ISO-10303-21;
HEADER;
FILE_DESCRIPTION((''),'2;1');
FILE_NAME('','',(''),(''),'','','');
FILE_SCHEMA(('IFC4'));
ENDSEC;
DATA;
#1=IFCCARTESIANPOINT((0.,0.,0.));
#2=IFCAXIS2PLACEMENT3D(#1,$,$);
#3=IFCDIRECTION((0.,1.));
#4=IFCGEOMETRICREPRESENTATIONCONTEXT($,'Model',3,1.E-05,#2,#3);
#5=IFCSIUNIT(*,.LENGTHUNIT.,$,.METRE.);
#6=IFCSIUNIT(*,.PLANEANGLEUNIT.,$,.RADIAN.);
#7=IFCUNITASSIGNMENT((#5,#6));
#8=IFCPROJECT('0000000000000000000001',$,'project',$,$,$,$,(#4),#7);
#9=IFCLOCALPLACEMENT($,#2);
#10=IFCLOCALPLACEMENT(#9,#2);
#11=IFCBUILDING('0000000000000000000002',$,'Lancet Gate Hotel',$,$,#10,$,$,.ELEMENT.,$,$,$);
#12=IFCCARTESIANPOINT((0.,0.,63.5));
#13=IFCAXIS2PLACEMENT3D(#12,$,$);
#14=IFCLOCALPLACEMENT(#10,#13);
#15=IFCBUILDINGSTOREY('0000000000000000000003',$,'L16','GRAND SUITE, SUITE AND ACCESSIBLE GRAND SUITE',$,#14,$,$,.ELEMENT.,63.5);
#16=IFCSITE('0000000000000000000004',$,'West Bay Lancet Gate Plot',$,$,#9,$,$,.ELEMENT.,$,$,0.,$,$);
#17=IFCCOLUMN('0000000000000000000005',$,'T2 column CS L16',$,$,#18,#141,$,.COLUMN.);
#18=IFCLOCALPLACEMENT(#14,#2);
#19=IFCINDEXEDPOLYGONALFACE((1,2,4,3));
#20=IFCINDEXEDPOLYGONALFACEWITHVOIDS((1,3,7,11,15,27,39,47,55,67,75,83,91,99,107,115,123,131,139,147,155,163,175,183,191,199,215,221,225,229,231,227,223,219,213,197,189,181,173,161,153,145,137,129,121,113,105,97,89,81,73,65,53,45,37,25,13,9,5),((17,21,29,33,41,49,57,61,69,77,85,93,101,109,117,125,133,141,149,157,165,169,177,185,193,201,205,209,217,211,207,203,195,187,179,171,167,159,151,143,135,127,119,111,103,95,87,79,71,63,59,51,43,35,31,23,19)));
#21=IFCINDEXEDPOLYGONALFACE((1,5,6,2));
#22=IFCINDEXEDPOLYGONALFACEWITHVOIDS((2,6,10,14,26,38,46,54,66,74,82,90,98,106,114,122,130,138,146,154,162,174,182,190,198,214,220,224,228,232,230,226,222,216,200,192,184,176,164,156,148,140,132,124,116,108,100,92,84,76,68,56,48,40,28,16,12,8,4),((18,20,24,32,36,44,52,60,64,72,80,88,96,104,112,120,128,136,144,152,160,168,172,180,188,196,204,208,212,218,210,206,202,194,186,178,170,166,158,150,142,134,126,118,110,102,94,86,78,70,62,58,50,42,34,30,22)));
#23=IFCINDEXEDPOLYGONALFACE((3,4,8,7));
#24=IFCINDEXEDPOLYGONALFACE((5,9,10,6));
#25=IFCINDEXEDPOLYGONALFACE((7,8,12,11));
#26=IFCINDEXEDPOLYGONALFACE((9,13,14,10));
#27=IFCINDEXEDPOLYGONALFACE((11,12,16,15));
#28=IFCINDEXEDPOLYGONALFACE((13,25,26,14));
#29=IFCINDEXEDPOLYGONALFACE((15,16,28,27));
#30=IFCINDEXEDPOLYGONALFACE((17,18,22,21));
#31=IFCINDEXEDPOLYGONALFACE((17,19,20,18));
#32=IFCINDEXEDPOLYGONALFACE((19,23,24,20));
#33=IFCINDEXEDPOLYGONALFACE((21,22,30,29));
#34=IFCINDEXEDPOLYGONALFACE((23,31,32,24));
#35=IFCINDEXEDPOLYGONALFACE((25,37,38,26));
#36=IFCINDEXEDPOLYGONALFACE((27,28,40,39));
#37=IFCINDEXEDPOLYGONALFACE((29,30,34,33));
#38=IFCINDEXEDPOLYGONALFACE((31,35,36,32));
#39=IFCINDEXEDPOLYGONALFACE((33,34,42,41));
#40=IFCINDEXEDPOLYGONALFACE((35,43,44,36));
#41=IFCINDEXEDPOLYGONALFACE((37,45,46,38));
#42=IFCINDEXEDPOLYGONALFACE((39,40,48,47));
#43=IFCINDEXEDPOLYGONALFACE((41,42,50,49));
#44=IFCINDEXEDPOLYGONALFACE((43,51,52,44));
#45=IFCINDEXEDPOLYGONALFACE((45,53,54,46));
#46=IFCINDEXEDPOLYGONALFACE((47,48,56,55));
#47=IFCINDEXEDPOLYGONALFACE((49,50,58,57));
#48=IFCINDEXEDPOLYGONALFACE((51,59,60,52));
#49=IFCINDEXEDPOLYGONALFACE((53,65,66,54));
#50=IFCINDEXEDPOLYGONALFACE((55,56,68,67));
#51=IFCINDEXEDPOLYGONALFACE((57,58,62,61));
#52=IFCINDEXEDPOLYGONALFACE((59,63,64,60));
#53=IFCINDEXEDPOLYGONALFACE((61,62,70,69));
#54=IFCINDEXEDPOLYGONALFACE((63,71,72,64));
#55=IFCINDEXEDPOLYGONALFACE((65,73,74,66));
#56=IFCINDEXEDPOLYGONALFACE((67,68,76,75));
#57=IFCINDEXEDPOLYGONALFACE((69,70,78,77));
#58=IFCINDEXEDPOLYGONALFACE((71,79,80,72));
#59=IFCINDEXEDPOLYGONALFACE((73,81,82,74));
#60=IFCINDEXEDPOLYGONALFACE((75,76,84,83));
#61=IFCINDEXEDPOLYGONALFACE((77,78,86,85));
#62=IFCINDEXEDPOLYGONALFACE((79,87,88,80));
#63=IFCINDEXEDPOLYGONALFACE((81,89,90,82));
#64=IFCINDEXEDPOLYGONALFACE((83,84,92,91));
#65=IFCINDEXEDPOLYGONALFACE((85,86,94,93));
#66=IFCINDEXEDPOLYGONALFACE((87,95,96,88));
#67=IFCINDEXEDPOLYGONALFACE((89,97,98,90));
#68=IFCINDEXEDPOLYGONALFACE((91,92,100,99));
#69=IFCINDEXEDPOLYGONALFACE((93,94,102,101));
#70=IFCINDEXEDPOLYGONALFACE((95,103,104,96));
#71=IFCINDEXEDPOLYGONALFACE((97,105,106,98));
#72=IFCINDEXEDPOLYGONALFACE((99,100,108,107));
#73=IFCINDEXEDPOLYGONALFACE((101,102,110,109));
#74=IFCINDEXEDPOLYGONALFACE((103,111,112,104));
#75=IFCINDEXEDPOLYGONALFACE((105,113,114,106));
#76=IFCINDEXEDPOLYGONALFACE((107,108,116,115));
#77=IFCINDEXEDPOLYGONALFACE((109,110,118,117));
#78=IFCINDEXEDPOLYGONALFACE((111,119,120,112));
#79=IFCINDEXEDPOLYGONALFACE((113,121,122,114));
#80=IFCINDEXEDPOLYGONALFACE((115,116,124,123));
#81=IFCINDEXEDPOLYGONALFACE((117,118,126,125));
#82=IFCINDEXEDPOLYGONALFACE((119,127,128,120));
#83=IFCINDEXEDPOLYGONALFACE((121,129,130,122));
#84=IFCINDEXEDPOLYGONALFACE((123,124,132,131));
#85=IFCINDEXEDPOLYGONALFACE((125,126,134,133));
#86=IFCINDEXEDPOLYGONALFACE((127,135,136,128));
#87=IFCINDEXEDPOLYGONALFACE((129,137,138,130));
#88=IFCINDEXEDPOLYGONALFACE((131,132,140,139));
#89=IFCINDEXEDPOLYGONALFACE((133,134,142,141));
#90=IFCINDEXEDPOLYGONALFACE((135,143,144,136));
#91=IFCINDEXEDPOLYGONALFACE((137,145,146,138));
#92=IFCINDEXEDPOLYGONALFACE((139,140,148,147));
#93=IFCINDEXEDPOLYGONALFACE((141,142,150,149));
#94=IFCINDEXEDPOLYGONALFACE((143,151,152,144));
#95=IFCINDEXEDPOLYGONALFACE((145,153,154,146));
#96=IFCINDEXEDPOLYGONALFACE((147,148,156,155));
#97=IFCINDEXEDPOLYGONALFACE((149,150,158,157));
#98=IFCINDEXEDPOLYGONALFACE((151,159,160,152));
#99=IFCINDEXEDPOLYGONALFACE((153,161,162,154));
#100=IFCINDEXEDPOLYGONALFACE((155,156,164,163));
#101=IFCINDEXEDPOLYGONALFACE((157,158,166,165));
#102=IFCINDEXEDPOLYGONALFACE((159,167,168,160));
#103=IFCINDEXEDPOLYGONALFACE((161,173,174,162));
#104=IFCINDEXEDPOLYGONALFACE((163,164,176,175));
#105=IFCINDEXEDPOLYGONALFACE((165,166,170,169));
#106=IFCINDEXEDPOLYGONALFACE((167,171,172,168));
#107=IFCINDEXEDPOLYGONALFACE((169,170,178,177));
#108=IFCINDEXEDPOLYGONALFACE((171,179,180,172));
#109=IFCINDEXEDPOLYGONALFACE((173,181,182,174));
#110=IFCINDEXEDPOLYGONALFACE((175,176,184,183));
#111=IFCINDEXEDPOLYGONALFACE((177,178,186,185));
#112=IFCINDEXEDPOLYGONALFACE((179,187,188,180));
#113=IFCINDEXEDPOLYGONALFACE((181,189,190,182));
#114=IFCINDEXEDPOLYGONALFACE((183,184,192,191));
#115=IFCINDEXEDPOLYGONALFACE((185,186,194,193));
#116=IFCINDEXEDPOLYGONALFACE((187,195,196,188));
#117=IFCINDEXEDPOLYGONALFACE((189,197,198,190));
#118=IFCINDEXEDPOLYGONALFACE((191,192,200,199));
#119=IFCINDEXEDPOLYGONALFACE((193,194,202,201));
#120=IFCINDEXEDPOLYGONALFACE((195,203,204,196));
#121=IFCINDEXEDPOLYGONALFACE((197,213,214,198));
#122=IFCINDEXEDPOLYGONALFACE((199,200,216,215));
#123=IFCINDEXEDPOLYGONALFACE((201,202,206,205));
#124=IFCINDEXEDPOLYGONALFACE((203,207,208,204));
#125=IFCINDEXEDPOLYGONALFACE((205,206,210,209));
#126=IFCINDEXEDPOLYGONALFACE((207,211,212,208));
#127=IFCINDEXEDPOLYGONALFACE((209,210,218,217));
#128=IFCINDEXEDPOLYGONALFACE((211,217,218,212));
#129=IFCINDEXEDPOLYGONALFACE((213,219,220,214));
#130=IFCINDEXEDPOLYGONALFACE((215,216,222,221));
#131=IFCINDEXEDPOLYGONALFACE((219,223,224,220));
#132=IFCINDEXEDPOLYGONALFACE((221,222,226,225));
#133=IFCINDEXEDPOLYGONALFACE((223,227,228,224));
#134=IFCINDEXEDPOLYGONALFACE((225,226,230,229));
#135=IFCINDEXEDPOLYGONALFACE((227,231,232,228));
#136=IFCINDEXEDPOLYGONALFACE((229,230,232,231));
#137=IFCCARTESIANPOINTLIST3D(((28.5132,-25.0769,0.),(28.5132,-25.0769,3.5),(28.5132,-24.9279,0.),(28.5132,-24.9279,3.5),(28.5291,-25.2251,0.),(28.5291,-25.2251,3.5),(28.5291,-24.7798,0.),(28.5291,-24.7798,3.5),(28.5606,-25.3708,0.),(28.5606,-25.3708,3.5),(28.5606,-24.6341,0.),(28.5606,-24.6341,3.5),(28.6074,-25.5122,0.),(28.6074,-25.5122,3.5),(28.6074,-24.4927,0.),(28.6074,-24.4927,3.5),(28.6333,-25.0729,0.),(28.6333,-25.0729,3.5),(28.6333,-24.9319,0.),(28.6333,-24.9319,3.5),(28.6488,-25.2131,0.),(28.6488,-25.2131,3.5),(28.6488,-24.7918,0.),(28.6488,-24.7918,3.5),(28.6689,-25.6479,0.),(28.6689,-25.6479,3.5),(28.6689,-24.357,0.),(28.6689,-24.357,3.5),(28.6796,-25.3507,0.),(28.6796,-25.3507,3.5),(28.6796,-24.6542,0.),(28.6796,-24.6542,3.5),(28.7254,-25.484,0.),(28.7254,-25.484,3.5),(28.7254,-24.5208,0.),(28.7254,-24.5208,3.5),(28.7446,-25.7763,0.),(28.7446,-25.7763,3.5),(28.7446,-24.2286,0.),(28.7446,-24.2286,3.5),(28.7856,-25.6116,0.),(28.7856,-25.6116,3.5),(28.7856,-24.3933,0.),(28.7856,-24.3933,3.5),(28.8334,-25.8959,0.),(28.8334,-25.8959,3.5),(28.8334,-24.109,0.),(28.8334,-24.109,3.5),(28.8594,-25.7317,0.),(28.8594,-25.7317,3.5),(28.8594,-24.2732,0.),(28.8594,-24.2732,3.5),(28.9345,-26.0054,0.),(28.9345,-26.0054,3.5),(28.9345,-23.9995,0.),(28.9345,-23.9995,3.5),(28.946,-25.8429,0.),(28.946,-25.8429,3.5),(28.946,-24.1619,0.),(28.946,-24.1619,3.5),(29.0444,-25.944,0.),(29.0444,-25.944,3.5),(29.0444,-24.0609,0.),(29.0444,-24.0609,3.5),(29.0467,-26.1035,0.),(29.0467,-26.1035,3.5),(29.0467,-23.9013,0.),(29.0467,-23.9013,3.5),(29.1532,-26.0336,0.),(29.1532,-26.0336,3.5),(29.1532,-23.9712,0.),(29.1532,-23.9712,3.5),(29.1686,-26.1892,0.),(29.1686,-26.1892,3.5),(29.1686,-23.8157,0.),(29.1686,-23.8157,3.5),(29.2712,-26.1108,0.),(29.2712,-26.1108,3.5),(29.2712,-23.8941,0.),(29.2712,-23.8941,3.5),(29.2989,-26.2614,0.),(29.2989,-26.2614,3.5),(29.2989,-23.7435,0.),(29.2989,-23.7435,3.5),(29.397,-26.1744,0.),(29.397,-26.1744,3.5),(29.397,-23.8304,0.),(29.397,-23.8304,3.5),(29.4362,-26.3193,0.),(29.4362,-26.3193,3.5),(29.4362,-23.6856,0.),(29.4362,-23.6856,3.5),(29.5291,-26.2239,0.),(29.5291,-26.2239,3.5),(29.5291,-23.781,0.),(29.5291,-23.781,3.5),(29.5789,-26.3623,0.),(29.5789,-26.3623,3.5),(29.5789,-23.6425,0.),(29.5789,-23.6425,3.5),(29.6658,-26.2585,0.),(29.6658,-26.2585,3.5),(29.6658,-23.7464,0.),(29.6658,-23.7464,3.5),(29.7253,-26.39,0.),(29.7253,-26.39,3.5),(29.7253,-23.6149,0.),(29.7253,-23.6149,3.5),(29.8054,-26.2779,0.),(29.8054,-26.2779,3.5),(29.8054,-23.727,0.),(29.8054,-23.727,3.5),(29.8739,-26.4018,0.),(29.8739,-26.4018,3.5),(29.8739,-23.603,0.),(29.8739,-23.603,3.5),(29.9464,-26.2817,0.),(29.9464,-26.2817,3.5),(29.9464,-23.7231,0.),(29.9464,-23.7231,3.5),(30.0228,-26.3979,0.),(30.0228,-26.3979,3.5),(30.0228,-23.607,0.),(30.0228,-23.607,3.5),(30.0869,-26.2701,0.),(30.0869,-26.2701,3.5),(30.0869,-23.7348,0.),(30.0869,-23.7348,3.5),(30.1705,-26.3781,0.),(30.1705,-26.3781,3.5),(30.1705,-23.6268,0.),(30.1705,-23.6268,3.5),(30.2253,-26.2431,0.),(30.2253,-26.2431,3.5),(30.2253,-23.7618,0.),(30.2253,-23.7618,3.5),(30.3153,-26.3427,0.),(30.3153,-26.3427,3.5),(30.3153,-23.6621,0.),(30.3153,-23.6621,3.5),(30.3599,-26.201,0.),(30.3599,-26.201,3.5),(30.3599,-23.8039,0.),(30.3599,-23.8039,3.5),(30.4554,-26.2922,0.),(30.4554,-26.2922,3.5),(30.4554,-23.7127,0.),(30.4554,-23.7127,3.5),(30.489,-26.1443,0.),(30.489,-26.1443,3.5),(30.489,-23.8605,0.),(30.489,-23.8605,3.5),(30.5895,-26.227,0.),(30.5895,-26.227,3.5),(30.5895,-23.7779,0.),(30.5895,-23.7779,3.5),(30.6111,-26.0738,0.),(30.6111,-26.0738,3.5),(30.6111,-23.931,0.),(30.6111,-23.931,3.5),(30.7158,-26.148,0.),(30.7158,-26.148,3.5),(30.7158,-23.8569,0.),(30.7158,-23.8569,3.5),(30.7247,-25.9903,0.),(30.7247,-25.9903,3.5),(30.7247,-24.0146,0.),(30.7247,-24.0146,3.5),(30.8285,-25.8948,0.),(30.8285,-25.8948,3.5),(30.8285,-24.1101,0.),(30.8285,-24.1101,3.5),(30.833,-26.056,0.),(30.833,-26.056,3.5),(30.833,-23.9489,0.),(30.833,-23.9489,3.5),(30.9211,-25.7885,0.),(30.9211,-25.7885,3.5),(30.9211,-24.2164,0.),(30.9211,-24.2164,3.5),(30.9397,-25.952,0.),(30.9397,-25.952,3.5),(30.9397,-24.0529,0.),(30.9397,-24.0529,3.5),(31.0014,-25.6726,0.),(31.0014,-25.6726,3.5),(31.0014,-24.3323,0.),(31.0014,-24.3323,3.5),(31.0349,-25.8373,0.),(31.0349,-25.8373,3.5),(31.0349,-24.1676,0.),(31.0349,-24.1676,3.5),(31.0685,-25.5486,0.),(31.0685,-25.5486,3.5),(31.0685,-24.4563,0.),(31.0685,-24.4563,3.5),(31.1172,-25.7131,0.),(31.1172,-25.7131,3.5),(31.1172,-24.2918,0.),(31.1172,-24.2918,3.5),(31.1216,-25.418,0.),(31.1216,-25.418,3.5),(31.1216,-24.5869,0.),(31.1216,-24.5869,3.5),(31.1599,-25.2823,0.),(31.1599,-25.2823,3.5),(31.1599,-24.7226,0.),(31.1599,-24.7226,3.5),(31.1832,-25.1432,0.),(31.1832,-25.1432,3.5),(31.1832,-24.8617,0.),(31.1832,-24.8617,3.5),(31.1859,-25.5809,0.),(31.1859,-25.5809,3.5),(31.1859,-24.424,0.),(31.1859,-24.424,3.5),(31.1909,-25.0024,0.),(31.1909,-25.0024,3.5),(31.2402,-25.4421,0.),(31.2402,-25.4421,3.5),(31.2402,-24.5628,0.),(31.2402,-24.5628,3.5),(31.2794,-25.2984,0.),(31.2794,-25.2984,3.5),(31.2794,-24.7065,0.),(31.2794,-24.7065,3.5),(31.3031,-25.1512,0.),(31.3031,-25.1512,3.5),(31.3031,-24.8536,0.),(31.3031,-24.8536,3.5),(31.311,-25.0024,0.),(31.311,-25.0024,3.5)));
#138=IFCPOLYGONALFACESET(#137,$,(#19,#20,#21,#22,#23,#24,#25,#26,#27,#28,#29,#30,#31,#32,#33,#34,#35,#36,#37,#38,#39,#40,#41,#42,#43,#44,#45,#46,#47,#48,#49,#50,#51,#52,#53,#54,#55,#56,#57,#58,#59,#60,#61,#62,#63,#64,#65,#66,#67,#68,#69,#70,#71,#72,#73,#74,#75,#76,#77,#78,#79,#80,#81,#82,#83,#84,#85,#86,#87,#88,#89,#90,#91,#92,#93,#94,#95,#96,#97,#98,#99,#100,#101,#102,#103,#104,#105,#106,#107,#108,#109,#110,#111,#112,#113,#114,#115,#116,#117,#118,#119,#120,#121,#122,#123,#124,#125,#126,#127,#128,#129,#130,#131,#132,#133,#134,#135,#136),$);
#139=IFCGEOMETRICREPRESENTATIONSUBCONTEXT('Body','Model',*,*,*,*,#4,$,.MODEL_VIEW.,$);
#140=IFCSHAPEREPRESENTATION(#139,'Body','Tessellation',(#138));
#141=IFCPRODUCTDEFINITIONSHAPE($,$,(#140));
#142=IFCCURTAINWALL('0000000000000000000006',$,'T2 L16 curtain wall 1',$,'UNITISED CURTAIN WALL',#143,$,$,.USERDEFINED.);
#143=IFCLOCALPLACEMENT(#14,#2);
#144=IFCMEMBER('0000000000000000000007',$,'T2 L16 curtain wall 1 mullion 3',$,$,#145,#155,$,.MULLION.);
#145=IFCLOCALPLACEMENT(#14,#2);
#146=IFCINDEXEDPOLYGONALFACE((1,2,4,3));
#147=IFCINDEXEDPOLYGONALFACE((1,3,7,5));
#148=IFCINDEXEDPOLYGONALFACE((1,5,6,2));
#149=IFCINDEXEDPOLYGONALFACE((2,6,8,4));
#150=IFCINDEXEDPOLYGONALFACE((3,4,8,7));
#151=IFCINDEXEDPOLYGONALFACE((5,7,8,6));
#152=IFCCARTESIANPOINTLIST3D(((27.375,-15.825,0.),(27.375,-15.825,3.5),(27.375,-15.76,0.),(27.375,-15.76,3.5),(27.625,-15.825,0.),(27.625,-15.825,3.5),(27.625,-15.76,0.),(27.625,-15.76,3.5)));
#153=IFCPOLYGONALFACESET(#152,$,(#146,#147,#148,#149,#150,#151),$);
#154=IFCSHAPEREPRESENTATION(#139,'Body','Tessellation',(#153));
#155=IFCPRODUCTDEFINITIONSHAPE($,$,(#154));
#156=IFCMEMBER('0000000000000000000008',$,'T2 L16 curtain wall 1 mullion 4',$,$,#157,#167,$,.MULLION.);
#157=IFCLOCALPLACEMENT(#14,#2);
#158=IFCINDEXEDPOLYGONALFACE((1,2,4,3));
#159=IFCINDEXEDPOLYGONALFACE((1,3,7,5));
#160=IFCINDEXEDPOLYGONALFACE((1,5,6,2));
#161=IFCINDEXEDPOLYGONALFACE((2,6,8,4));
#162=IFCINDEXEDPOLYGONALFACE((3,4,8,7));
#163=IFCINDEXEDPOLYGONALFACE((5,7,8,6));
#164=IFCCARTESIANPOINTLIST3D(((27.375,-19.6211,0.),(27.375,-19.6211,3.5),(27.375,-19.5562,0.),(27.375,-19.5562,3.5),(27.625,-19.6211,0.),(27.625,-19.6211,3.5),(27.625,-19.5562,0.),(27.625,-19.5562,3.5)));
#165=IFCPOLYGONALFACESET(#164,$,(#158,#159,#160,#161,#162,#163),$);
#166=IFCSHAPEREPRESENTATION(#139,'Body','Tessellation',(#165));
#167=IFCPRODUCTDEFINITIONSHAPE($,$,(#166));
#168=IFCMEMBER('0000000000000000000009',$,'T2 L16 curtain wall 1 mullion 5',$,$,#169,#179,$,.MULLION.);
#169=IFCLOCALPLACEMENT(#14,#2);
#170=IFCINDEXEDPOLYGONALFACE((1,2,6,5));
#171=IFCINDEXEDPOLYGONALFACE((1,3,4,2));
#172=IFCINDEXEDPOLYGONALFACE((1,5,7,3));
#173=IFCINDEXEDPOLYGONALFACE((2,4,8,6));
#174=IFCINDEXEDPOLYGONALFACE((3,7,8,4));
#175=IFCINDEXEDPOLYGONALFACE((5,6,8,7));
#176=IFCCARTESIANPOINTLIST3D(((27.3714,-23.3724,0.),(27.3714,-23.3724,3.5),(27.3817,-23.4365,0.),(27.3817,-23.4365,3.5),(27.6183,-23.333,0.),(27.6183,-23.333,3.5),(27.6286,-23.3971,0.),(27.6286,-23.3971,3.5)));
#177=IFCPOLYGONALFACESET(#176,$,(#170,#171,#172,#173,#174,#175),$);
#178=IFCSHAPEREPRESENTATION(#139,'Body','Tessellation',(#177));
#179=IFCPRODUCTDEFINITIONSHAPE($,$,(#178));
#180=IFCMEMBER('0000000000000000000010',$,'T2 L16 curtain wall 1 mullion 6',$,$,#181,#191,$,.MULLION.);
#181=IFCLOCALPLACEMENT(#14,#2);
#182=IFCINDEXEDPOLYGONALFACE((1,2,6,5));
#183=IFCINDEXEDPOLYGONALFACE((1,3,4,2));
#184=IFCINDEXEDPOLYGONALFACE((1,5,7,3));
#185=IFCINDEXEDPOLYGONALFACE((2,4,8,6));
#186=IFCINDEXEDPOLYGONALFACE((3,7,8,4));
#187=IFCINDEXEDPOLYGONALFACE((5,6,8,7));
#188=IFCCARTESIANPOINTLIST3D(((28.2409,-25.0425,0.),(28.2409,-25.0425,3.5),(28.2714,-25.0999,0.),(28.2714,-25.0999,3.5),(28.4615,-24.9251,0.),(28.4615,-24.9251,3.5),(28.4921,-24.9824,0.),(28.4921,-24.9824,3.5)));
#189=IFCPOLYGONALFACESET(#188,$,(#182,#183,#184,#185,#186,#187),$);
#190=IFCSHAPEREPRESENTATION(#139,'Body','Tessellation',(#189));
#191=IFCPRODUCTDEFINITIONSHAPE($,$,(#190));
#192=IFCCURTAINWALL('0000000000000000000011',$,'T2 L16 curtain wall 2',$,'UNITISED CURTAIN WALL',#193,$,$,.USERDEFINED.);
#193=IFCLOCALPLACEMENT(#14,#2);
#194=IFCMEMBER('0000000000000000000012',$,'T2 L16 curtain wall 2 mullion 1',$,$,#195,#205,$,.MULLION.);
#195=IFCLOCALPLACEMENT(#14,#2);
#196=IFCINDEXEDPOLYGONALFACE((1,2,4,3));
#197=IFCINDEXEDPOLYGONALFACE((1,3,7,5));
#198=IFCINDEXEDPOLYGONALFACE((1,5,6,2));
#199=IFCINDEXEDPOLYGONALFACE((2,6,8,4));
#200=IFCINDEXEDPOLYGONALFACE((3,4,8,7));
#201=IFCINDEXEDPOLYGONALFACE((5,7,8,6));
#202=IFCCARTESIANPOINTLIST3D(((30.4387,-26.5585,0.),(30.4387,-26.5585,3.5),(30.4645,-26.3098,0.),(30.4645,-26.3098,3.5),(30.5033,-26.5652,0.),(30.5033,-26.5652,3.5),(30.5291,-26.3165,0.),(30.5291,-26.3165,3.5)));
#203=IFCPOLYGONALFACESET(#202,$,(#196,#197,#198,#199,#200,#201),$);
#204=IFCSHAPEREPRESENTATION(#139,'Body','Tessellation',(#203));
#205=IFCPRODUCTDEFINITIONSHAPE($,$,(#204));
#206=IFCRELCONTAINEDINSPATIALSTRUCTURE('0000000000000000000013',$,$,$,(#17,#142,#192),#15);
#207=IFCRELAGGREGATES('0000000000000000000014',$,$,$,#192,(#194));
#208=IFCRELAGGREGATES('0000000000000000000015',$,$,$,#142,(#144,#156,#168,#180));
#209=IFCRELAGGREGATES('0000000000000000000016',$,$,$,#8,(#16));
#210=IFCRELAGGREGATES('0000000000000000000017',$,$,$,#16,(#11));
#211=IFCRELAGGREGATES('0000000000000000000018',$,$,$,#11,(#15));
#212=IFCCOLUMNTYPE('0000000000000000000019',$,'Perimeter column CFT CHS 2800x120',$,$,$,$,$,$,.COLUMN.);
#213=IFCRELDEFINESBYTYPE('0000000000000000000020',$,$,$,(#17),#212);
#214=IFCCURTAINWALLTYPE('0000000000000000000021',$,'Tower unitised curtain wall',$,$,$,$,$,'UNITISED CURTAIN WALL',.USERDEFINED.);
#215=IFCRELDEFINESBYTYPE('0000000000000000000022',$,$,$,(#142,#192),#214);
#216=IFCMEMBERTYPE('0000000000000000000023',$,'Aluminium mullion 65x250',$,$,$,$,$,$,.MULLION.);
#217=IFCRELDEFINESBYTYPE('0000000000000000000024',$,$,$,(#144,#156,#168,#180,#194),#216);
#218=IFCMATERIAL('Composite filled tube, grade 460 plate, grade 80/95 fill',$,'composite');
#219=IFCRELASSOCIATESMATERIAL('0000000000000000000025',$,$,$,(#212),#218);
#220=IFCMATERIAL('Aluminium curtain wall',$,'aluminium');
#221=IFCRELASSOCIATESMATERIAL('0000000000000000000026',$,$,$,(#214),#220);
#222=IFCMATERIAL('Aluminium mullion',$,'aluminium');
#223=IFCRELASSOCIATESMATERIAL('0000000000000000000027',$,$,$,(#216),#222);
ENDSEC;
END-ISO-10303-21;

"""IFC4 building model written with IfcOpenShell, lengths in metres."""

from ifc_helpers import new_model, si_unit, direction, frame, origin, origin_2d, place, context, subcontext, project, spatial, rectangle, hollow_circle, extrude, material, material_profile, profile_set, type_object, element, aggregate, save


model = new_model("IFC4")

# Units and contexts
model_context = context("Model", 3, precision=1e-05, world=origin(), true_north=direction((0.0, 1.0)))
body_context = subcontext(model_context, "Body", "Model", "MODEL_VIEW")
ifc_project = project(units=[si_unit("LENGTHUNIT", "METRE"), si_unit("PLANEANGLEUNIT", "RADIAN")], contexts=[model_context])

# Site, building, storey
site_placement = place(None, origin())
site = spatial("IfcSite", under=ifc_project, at=site_placement, Name="West Bay Lancet Gate Plot", CompositionType="ELEMENT", RefElevation=0.0)
building_placement = place(site_placement, origin())
building = spatial("IfcBuilding", under=site, at=building_placement, Name="Lancet Gate Hotel", CompositionType="ELEMENT")
storey_placement = place(building_placement, frame((0.0, 0.0, 63.5)))
storey = spatial("IfcBuildingStorey", under=building, at=storey_placement, Name="L16", Description="GRAND SUITE, SUITE AND ACCESSIBLE GRAND SUITE", CompositionType="ELEMENT", Elevation=63.5)

# Column
ifc_material_1 = material(Name="Composite filled tube, grade 460 plate, grade 80/95 fill", Category="composite")
ifc_material_profile_1 = material_profile(ifc_material_1, hollow_circle(Radius=1.3999, WallThickness=0.1201, at=origin_2d()), Name="CHS 2800x120")
ifc_profile_set_1 = profile_set([ifc_material_profile_1], Name="Composite filled tube, grade 460 plate, grade 80/95 fill")
column_type = type_object("IfcColumnType", Name="Perimeter column CFT CHS 2800x120", PredefinedType="COLUMN", material=ifc_profile_set_1)
column_placement = place(storey_placement, frame((29.9111, -25.0024, 0.0), z_axis=(0.0, 0.0, 1.0), x_axis=(1.0, 0.0, 0.0)))
element("IfcColumn", 1, at=column_placement, inside=storey, type_object=column_type, Name="T2 column CS L16", PredefinedType="COLUMN", context=body_context, shape_type="SweptSolid", body=[
    extrude(hollow_circle(Radius=1.3999, WallThickness=0.1201, at=origin_2d()), origin(), (0.0, 0.0, 1.0), 3.5),
])

# Curtain wall, members
ifc_material_2 = material(Name="Aluminium curtain wall", Category="aluminium")
curtain_wall_type = type_object("IfcCurtainWallType", Name="Tower unitised curtain wall", ElementType="UNITISED CURTAIN WALL", PredefinedType="USERDEFINED", material=ifc_material_2)
curtain_wall_1_placement = place(storey_placement, origin())
curtain_wall_1 = element("IfcCurtainWall", 2, at=curtain_wall_1_placement, inside=storey, type_object=curtain_wall_type, Name="T2 L16 curtain wall 1", ObjectType="UNITISED CURTAIN WALL", PredefinedType="USERDEFINED")
ifc_material_3 = material(Name="Aluminium mullion", Category="aluminium")
ifc_material_profile_2 = material_profile(ifc_material_3, rectangle(XDim=0.0649, YDim=0.25, at=origin_2d()), Name="MULLION 65x250")
ifc_profile_set_2 = profile_set([ifc_material_profile_2], Name="Aluminium mullion")
member_type_1 = type_object("IfcMemberType", Name="Aluminium mullion 65x250", PredefinedType="MULLION", material=ifc_profile_set_2)
member_1_placement = place(storey_placement, frame((27.5, -15.7925, 0.0), z_axis=(0.0, 0.0, 1.0), x_axis=(0.0, -1.0, 0.0)))
member_1 = element("IfcMember", 3, at=member_1_placement, type_object=member_type_1, Name="T2 L16 curtain wall 1 mullion 3", PredefinedType="MULLION", context=body_context, shape_type="SweptSolid", body=[
    extrude(rectangle(XDim=0.0649, YDim=0.25, at=origin_2d()), origin(), (0.0, 0.0, 1.0), 3.5),
])
member_2_placement = place(storey_placement, frame((27.5, -19.5886, 0.0), z_axis=(0.0, 0.0, 1.0), x_axis=(0.0, -1.0, 0.0)))
member_2 = element("IfcMember", 4, at=member_2_placement, type_object=member_type_1, Name="T2 L16 curtain wall 1 mullion 4", PredefinedType="MULLION", context=body_context, shape_type="SweptSolid", body=[
    extrude(rectangle(XDim=0.0649, YDim=0.25, at=origin_2d()), origin(), (0.0, 0.0, 1.0), 3.5),
])
member_3_placement = place(storey_placement, frame((27.5, -23.3848, 0.0), z_axis=(0.0, 0.0, 1.0), x_axis=(0.157752, -0.987479, 0.0)))
member_3 = element("IfcMember", 5, at=member_3_placement, type_object=member_type_1, Name="T2 L16 curtain wall 1 mullion 5", PredefinedType="MULLION", context=body_context, shape_type="SweptSolid", body=[
    extrude(rectangle(XDim=0.0649, YDim=0.25, at=origin_2d()), origin(), (0.0, 0.0, 1.0), 3.5),
])
member_4_placement = place(storey_placement, frame((28.3665, -25.0125, 0.0), z_axis=(0.0, 0.0, 1.0), x_axis=(0.469898, -0.882721, 0.0)))
member_4 = element("IfcMember", 6, at=member_4_placement, type_object=member_type_1, Name="T2 L16 curtain wall 1 mullion 6", PredefinedType="MULLION", context=body_context, shape_type="SweptSolid", body=[
    extrude(rectangle(XDim=0.0649, YDim=0.25, at=origin_2d()), origin(), (0.0, 0.0, 1.0), 3.5),
])

# Curtain wall, member
curtain_wall_2_placement = place(storey_placement, origin())
curtain_wall_2 = element("IfcCurtainWall", 7, at=curtain_wall_2_placement, inside=storey, type_object=curtain_wall_type, Name="T2 L16 curtain wall 2", ObjectType="UNITISED CURTAIN WALL", PredefinedType="USERDEFINED")
member_5_placement = place(storey_placement, frame((30.4839, -26.4375, 0.0), z_axis=(0.0, 0.0, 1.0), x_axis=(0.994672, -0.103088, 0.0)))
member_5 = element("IfcMember", 8, at=member_5_placement, type_object=member_type_1, Name="T2 L16 curtain wall 2 mullion 1", PredefinedType="MULLION", context=body_context, shape_type="SweptSolid", body=[
    extrude(rectangle(XDim=0.0649, YDim=0.25, at=origin_2d()), origin(), (0.0, 0.0, 1.0), 3.5),
])

aggregate(curtain_wall_2, [member_5])

aggregate(curtain_wall_1, [member_1, member_2, member_3, member_4])

save(model, "model.ifc")
